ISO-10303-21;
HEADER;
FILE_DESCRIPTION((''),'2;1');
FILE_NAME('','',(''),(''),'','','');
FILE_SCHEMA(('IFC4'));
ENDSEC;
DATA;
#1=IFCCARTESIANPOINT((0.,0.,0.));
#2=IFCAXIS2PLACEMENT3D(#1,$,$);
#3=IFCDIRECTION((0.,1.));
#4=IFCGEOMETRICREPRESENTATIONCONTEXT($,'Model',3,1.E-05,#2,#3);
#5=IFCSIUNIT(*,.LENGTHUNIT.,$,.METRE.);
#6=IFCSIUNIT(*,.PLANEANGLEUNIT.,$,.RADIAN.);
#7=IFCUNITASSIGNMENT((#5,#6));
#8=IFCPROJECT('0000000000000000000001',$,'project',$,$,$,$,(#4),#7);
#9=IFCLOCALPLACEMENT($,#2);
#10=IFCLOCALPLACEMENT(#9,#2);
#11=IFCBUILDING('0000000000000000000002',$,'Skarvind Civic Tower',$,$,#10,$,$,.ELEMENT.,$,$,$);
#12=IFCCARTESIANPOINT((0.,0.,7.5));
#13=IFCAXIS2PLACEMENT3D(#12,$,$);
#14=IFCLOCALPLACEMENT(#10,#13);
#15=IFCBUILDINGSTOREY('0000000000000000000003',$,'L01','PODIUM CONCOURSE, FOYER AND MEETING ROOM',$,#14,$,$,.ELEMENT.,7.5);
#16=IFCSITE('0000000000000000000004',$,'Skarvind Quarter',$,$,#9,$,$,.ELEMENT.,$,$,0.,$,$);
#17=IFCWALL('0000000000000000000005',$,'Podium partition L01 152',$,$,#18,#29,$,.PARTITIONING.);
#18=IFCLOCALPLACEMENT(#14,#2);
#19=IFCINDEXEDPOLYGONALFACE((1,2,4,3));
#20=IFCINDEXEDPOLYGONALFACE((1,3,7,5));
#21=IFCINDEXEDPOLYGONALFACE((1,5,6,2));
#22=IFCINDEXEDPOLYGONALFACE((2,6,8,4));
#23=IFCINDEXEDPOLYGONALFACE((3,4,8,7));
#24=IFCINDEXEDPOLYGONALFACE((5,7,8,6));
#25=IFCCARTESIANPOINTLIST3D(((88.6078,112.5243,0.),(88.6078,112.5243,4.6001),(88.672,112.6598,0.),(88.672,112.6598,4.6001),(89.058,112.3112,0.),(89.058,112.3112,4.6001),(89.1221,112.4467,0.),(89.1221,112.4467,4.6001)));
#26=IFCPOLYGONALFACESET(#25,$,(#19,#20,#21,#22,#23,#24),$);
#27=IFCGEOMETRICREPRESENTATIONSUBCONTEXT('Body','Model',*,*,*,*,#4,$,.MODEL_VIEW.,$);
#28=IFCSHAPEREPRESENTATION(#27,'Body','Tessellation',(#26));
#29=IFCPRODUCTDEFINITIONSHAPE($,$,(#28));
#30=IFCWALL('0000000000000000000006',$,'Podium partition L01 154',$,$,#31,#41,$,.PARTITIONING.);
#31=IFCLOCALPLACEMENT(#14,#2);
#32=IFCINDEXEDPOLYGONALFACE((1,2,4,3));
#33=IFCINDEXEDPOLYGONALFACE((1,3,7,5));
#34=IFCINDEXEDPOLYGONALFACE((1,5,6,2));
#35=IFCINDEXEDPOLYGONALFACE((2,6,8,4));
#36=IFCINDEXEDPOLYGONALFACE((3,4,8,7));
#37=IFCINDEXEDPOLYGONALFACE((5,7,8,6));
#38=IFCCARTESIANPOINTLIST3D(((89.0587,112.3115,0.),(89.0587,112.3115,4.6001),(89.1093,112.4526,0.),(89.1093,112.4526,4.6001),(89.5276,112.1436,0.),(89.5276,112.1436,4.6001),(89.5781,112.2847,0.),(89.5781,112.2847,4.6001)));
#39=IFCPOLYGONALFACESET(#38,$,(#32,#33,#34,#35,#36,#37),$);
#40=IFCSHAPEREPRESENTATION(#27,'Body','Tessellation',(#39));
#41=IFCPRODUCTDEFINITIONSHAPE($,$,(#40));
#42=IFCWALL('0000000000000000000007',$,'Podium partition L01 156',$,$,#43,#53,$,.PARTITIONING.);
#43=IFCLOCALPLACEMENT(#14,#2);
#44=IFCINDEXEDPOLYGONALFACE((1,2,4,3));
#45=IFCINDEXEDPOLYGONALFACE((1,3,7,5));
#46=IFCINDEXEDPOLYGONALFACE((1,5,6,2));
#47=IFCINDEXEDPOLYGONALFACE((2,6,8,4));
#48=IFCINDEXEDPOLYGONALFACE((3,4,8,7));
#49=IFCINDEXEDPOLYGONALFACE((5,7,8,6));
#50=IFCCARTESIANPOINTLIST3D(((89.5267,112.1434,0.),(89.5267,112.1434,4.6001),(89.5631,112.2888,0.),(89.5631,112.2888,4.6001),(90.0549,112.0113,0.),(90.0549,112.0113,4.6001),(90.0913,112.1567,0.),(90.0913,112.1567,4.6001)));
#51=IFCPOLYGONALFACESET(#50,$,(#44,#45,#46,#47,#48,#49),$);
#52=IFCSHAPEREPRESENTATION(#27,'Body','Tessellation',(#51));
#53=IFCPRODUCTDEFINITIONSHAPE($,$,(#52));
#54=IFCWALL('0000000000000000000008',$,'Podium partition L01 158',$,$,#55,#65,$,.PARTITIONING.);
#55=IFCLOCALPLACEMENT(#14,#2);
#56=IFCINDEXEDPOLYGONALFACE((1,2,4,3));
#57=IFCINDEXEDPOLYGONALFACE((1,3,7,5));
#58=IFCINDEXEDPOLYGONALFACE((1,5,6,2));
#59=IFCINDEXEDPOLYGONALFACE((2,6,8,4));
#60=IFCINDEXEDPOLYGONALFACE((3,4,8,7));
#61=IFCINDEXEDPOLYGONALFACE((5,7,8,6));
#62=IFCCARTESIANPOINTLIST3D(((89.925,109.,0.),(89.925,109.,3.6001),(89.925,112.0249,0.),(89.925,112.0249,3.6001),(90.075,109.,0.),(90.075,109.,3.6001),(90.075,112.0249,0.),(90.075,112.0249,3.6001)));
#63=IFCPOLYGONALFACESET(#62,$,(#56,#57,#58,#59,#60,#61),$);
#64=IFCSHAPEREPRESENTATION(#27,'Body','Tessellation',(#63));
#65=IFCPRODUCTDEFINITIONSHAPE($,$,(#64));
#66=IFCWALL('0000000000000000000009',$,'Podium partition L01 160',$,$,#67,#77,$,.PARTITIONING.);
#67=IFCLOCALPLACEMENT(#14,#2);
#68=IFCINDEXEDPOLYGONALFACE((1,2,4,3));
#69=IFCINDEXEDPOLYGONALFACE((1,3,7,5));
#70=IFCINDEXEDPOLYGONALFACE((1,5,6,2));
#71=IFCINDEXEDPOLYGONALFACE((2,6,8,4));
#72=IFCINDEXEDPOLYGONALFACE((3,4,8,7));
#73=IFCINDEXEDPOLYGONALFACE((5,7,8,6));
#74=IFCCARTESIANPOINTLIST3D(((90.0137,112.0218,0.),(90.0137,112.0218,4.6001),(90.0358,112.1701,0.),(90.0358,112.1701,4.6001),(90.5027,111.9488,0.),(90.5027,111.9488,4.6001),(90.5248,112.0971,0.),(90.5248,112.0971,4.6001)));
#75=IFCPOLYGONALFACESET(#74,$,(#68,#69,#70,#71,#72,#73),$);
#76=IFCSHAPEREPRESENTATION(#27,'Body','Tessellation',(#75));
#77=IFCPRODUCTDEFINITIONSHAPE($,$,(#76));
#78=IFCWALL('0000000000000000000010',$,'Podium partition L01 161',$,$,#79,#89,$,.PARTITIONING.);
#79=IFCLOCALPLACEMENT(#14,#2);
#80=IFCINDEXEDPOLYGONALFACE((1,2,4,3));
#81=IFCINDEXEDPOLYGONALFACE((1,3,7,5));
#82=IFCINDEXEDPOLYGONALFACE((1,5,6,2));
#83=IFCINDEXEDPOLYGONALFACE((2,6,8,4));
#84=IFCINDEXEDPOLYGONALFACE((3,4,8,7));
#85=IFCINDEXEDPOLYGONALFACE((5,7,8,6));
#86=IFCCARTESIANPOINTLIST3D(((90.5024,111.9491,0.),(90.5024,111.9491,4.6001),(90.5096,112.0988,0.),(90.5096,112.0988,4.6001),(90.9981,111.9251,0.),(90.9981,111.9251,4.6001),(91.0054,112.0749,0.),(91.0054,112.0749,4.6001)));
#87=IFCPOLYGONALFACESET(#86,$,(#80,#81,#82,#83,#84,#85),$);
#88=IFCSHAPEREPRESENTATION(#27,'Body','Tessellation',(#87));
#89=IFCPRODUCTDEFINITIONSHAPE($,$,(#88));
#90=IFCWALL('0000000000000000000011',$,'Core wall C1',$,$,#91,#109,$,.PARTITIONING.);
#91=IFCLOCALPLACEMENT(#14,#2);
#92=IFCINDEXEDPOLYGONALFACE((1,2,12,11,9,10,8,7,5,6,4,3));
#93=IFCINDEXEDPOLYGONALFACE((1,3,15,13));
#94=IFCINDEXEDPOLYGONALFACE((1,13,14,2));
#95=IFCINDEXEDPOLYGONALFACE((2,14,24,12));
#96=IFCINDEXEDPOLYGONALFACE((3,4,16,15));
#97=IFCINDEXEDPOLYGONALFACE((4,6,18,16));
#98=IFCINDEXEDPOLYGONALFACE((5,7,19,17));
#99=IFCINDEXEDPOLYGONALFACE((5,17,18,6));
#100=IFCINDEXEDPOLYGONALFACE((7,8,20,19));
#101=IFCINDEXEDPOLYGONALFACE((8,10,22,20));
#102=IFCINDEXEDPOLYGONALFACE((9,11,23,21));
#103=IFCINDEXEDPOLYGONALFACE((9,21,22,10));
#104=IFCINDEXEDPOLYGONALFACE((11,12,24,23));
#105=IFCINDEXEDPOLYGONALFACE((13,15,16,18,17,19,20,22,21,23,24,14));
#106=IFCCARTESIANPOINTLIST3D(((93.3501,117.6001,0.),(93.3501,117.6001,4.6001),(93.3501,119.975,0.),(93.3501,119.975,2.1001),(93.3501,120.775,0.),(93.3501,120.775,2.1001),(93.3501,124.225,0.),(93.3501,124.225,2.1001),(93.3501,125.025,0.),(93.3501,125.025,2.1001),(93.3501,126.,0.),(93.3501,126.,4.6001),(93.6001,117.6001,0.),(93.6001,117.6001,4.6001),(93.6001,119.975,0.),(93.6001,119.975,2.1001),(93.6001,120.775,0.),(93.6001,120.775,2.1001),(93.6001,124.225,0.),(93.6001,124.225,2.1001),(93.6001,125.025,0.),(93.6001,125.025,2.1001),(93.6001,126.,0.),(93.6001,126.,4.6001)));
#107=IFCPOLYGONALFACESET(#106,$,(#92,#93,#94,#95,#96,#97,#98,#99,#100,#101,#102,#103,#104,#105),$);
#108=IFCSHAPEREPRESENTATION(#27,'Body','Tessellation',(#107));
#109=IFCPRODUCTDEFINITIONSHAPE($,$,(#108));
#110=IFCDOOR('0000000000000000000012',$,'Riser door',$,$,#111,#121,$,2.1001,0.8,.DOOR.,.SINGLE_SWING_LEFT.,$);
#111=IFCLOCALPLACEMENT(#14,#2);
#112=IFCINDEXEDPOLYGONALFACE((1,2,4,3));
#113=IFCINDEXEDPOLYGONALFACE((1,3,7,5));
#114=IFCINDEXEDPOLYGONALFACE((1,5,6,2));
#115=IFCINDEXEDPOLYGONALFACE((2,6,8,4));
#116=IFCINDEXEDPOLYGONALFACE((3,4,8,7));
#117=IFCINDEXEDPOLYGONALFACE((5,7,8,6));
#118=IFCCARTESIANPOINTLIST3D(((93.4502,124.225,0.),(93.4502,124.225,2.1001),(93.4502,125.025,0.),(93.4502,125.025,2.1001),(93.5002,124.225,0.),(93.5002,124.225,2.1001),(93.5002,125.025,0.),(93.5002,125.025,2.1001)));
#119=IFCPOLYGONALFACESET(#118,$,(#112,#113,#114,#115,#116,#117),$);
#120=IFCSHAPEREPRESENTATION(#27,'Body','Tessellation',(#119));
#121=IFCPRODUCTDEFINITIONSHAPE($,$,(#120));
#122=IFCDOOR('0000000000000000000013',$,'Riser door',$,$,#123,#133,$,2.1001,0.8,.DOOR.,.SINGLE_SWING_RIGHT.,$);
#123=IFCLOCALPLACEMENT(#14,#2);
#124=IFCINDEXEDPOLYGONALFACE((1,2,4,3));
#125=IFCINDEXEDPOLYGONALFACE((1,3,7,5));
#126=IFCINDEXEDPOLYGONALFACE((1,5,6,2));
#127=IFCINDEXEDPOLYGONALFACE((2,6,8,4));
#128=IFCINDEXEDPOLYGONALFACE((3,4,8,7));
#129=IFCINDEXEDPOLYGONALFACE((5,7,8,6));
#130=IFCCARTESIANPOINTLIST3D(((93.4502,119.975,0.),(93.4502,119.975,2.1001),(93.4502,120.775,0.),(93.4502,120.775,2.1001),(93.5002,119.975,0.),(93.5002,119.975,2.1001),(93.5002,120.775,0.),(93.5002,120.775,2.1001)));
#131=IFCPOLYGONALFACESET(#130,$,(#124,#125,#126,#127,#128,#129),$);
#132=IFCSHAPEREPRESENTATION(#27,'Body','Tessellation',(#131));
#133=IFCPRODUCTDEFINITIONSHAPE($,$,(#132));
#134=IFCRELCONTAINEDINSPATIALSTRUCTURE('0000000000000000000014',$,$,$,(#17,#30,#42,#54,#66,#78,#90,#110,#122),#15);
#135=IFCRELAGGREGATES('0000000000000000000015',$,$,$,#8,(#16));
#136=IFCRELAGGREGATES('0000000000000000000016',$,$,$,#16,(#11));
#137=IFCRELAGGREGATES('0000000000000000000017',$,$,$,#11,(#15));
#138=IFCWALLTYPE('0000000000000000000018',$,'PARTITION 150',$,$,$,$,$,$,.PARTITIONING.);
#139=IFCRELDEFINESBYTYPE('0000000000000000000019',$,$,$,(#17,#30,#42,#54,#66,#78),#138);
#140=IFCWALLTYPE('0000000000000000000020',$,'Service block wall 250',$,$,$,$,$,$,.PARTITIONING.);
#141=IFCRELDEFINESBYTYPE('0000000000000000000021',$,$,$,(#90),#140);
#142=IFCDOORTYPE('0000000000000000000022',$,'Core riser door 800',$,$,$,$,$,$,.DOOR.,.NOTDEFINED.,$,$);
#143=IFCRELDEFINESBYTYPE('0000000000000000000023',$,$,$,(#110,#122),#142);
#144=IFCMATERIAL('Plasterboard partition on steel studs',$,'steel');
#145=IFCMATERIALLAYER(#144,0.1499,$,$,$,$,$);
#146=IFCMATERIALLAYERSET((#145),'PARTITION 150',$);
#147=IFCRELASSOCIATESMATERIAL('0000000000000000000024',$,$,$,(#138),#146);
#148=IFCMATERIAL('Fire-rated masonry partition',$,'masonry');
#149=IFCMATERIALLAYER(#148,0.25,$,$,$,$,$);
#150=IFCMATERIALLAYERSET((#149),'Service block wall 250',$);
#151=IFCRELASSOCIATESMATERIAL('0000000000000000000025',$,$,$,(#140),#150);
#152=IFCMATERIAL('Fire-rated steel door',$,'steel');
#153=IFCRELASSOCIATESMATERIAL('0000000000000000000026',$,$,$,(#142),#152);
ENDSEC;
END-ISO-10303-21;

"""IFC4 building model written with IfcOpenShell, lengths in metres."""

from ifc_helpers import new_model, si_unit, direction, frame, frame_2d, origin, place, context, subcontext, project, spatial, rectangle, extrude, material, layer, layer_set, type_object, element, fill, save


model = new_model("IFC4")

# Units and contexts
model_context = context("Model", 3, precision=1e-05, world=origin(), true_north=direction((0.0, 1.0)))
body_context = subcontext(model_context, "Body", "Model", "MODEL_VIEW")
ifc_project = project(units=[si_unit("LENGTHUNIT", "METRE"), si_unit("PLANEANGLEUNIT", "RADIAN")], contexts=[model_context])

# Site, building, storey
site_placement = place(None, origin())
site = spatial("IfcSite", under=ifc_project, at=site_placement, Name="Skarvind Quarter", CompositionType="ELEMENT", RefElevation=0.0)
building_placement = place(site_placement, origin())
building = spatial("IfcBuilding", under=site, at=building_placement, Name="Skarvind Civic Tower", CompositionType="ELEMENT")
storey_placement = place(building_placement, frame((0.0, 0.0, 7.5)))
storey = spatial("IfcBuildingStorey", under=building, at=storey_placement, Name="L01", Description="PODIUM CONCOURSE, FOYER AND MEETING ROOM", CompositionType="ELEMENT", Elevation=7.5)

# Shared definitions
ifc_material_1 = material(Name="Fire-rated masonry partition", Category="masonry")
ifc_material_2 = material(Name="Fire-rated steel door", Category="steel")

# Shared definitions
ifc_material_3 = material(Name="Plasterboard partition on steel studs", Category="steel")
ifc_layer_1 = layer(ifc_material_3, 0.1499)
ifc_layer_set_1 = layer_set([ifc_layer_1], Name="PARTITION 150")
wall_type_1 = type_object("IfcWallType", Name="PARTITION 150", PredefinedType="PARTITIONING", material=ifc_layer_set_1)

# Walls
for number, where, z_axis, x_axis, name in (
    (1, (88.6399, 112.592, 0.0), (0.0, 0.0, 1.0), (0.903828, -0.427897, 0.0), "Podium partition L01 152"),
    (2, (89.084, 112.3821, 0.0), (0.0, 0.0, 1.0), (0.941442, -0.337174, 0.0), "Podium partition L01 154"),
):
    element("IfcWall", number, at=place(storey_placement, frame(where, z_axis=z_axis, x_axis=x_axis)), inside=storey, type_object=wall_type_1, Name=name, PredefinedType="PARTITIONING", context=body_context, shape_type="SweptSolid", body=[
        extrude(rectangle(XDim=0.498, YDim=0.1499, at=frame_2d((0.249, 0.0))), origin(), (0.0, 0.0, 1.0), 4.6001),
    ])
wall_1_placement = place(storey_placement, frame((89.5449, 112.2161, 0.0), z_axis=(0.0, 0.0, 1.0), x_axis=(0.970116, -0.242641, 0.0)))
element("IfcWall", 3, at=wall_1_placement, inside=storey, type_object=wall_type_1, Name="Podium partition L01 156", PredefinedType="PARTITIONING", context=body_context, shape_type="SweptSolid", body=[
    extrude(rectangle(XDim=0.5444, YDim=0.1499, at=frame_2d((0.2722, 0.0))), origin(), (0.0, 0.0, 1.0), 4.6001),
])
wall_2_placement = place(storey_placement, frame((90.0, 109.0, 0.0), z_axis=(0.0, 0.0, 1.0), x_axis=(0.0, 1.0, 0.0)))
element("IfcWall", 4, at=wall_2_placement, inside=storey, type_object=wall_type_1, Name="Podium partition L01 158", PredefinedType="PARTITIONING", context=body_context, shape_type="SweptSolid", body=[
    extrude(rectangle(XDim=3.0249, YDim=0.1499, at=frame_2d((1.5125, 0.0))), origin(), (0.0, 0.0, 1.0), 3.6001),
])
wall_3_placement = place(storey_placement, frame((90.0249, 112.0959, 0.0), z_axis=(0.0, 0.0, 1.0), x_axis=(0.989041, -0.14764, 0.0)))
element("IfcWall", 5, at=wall_3_placement, inside=storey, type_object=wall_type_1, Name="Podium partition L01 160", PredefinedType="PARTITIONING", context=body_context, shape_type="SweptSolid", body=[
    extrude(rectangle(XDim=0.4944, YDim=0.1499, at=frame_2d((0.2471, 0.0))), origin(), (0.0, 0.0, 1.0), 4.6001),
])
wall_4_placement = place(storey_placement, frame((90.5061, 112.0239, 0.0), z_axis=(0.0, 0.0, 1.0), x_axis=(0.998838, -0.048196, 0.0)))
element("IfcWall", 6, at=wall_4_placement, inside=storey, type_object=wall_type_1, Name="Podium partition L01 161", PredefinedType="PARTITIONING", context=body_context, shape_type="SweptSolid", body=[
    extrude(rectangle(XDim=0.4963, YDim=0.1499, at=frame_2d((0.248, 0.0))), origin(), (0.0, 0.0, 1.0), 4.6001),
])

# Wall, openings, doors
ifc_layer_2 = layer(ifc_material_1, 0.25)
ifc_layer_set_2 = layer_set([ifc_layer_2], Name="Service block wall 250")
wall_type_2 = type_object("IfcWallType", Name="Service block wall 250", PredefinedType="PARTITIONING", material=ifc_layer_set_2)
wall_5_placement = place(storey_placement, frame((93.4751, 117.6001, 0.0), z_axis=(0.0, 0.0, 1.0), x_axis=(0.0, 1.0, 0.0)))
wall_5 = element("IfcWall", 7, at=wall_5_placement, inside=storey, type_object=wall_type_2, Name="Core wall C1", PredefinedType="PARTITIONING", context=body_context, shape_type="SweptSolid", body=[
    extrude(rectangle(XDim=8.3999, YDim=0.25, at=frame_2d((4.2, 0.0))), origin(), (0.0, 0.0, 1.0), 4.6001),
])
opening_1_placement = place(wall_5_placement, frame((6.625, 0.0, 0.0)))
opening_1 = element("IfcOpeningElement", 8, at=opening_1_placement, cuts=wall_5, PredefinedType="OPENING", context=body_context, shape_type="SweptSolid", body=[
    extrude(rectangle(XDim=0.8, YDim=2.1001, at=frame_2d((0.3999, 1.05))), frame((0.0, 0.135, 0.0), z_axis=(0.0, -1.0, 0.0), x_axis=(1.0, 0.0, 0.0)), (0.0, 0.0, 1.0), 0.27),
])
opening_2_placement = place(wall_5_placement, frame((2.375, 0.0, 0.0)))
opening_2 = element("IfcOpeningElement", 9, at=opening_2_placement, cuts=wall_5, PredefinedType="OPENING", context=body_context, shape_type="SweptSolid", body=[
    extrude(rectangle(XDim=0.8, YDim=2.1001, at=frame_2d((0.3999, 1.05))), frame((0.0, 0.135, 0.0), z_axis=(0.0, -1.0, 0.0), x_axis=(1.0, 0.0, 0.0)), (0.0, 0.0, 1.0), 0.27),
])
door_type_1 = type_object("IfcDoorType", Name="Core riser door 800", OperationType="NOTDEFINED", PredefinedType="DOOR", material=ifc_material_2)
door_1_placement = place(opening_1_placement, origin())
door_1 = element("IfcDoor", 10, at=door_1_placement, inside=storey, type_object=door_type_1, Name="Riser door", OperationType="SINGLE_SWING_LEFT", OverallHeight=2.1001, OverallWidth=0.8, PredefinedType="DOOR", context=body_context, shape_type="SweptSolid", body=[
    extrude(rectangle(XDim=0.8, YDim=2.1001, at=frame_2d((0.3999, 1.05))), frame((0.0, 0.0249, 0.0), z_axis=(0.0, -1.0, 0.0), x_axis=(1.0, 0.0, 0.0)), (0.0, 0.0, 1.0), 0.05),
])
fill(opening_1, door_1)
door_2_placement = place(opening_2_placement, origin())
door_2 = element("IfcDoor", 11, at=door_2_placement, inside=storey, type_object=door_type_1, Name="Riser door", OperationType="SINGLE_SWING_RIGHT", OverallHeight=2.1001, OverallWidth=0.8, PredefinedType="DOOR", context=body_context, shape_type="SweptSolid", body=[
    extrude(rectangle(XDim=0.8, YDim=2.1001, at=frame_2d((0.3999, 1.05))), frame((0.0, 0.0249, 0.0), z_axis=(0.0, -1.0, 0.0), x_axis=(1.0, 0.0, 0.0)), (0.0, 0.0, 1.0), 0.05),
])
fill(opening_2, door_2)

save(model, "model.ifc")
